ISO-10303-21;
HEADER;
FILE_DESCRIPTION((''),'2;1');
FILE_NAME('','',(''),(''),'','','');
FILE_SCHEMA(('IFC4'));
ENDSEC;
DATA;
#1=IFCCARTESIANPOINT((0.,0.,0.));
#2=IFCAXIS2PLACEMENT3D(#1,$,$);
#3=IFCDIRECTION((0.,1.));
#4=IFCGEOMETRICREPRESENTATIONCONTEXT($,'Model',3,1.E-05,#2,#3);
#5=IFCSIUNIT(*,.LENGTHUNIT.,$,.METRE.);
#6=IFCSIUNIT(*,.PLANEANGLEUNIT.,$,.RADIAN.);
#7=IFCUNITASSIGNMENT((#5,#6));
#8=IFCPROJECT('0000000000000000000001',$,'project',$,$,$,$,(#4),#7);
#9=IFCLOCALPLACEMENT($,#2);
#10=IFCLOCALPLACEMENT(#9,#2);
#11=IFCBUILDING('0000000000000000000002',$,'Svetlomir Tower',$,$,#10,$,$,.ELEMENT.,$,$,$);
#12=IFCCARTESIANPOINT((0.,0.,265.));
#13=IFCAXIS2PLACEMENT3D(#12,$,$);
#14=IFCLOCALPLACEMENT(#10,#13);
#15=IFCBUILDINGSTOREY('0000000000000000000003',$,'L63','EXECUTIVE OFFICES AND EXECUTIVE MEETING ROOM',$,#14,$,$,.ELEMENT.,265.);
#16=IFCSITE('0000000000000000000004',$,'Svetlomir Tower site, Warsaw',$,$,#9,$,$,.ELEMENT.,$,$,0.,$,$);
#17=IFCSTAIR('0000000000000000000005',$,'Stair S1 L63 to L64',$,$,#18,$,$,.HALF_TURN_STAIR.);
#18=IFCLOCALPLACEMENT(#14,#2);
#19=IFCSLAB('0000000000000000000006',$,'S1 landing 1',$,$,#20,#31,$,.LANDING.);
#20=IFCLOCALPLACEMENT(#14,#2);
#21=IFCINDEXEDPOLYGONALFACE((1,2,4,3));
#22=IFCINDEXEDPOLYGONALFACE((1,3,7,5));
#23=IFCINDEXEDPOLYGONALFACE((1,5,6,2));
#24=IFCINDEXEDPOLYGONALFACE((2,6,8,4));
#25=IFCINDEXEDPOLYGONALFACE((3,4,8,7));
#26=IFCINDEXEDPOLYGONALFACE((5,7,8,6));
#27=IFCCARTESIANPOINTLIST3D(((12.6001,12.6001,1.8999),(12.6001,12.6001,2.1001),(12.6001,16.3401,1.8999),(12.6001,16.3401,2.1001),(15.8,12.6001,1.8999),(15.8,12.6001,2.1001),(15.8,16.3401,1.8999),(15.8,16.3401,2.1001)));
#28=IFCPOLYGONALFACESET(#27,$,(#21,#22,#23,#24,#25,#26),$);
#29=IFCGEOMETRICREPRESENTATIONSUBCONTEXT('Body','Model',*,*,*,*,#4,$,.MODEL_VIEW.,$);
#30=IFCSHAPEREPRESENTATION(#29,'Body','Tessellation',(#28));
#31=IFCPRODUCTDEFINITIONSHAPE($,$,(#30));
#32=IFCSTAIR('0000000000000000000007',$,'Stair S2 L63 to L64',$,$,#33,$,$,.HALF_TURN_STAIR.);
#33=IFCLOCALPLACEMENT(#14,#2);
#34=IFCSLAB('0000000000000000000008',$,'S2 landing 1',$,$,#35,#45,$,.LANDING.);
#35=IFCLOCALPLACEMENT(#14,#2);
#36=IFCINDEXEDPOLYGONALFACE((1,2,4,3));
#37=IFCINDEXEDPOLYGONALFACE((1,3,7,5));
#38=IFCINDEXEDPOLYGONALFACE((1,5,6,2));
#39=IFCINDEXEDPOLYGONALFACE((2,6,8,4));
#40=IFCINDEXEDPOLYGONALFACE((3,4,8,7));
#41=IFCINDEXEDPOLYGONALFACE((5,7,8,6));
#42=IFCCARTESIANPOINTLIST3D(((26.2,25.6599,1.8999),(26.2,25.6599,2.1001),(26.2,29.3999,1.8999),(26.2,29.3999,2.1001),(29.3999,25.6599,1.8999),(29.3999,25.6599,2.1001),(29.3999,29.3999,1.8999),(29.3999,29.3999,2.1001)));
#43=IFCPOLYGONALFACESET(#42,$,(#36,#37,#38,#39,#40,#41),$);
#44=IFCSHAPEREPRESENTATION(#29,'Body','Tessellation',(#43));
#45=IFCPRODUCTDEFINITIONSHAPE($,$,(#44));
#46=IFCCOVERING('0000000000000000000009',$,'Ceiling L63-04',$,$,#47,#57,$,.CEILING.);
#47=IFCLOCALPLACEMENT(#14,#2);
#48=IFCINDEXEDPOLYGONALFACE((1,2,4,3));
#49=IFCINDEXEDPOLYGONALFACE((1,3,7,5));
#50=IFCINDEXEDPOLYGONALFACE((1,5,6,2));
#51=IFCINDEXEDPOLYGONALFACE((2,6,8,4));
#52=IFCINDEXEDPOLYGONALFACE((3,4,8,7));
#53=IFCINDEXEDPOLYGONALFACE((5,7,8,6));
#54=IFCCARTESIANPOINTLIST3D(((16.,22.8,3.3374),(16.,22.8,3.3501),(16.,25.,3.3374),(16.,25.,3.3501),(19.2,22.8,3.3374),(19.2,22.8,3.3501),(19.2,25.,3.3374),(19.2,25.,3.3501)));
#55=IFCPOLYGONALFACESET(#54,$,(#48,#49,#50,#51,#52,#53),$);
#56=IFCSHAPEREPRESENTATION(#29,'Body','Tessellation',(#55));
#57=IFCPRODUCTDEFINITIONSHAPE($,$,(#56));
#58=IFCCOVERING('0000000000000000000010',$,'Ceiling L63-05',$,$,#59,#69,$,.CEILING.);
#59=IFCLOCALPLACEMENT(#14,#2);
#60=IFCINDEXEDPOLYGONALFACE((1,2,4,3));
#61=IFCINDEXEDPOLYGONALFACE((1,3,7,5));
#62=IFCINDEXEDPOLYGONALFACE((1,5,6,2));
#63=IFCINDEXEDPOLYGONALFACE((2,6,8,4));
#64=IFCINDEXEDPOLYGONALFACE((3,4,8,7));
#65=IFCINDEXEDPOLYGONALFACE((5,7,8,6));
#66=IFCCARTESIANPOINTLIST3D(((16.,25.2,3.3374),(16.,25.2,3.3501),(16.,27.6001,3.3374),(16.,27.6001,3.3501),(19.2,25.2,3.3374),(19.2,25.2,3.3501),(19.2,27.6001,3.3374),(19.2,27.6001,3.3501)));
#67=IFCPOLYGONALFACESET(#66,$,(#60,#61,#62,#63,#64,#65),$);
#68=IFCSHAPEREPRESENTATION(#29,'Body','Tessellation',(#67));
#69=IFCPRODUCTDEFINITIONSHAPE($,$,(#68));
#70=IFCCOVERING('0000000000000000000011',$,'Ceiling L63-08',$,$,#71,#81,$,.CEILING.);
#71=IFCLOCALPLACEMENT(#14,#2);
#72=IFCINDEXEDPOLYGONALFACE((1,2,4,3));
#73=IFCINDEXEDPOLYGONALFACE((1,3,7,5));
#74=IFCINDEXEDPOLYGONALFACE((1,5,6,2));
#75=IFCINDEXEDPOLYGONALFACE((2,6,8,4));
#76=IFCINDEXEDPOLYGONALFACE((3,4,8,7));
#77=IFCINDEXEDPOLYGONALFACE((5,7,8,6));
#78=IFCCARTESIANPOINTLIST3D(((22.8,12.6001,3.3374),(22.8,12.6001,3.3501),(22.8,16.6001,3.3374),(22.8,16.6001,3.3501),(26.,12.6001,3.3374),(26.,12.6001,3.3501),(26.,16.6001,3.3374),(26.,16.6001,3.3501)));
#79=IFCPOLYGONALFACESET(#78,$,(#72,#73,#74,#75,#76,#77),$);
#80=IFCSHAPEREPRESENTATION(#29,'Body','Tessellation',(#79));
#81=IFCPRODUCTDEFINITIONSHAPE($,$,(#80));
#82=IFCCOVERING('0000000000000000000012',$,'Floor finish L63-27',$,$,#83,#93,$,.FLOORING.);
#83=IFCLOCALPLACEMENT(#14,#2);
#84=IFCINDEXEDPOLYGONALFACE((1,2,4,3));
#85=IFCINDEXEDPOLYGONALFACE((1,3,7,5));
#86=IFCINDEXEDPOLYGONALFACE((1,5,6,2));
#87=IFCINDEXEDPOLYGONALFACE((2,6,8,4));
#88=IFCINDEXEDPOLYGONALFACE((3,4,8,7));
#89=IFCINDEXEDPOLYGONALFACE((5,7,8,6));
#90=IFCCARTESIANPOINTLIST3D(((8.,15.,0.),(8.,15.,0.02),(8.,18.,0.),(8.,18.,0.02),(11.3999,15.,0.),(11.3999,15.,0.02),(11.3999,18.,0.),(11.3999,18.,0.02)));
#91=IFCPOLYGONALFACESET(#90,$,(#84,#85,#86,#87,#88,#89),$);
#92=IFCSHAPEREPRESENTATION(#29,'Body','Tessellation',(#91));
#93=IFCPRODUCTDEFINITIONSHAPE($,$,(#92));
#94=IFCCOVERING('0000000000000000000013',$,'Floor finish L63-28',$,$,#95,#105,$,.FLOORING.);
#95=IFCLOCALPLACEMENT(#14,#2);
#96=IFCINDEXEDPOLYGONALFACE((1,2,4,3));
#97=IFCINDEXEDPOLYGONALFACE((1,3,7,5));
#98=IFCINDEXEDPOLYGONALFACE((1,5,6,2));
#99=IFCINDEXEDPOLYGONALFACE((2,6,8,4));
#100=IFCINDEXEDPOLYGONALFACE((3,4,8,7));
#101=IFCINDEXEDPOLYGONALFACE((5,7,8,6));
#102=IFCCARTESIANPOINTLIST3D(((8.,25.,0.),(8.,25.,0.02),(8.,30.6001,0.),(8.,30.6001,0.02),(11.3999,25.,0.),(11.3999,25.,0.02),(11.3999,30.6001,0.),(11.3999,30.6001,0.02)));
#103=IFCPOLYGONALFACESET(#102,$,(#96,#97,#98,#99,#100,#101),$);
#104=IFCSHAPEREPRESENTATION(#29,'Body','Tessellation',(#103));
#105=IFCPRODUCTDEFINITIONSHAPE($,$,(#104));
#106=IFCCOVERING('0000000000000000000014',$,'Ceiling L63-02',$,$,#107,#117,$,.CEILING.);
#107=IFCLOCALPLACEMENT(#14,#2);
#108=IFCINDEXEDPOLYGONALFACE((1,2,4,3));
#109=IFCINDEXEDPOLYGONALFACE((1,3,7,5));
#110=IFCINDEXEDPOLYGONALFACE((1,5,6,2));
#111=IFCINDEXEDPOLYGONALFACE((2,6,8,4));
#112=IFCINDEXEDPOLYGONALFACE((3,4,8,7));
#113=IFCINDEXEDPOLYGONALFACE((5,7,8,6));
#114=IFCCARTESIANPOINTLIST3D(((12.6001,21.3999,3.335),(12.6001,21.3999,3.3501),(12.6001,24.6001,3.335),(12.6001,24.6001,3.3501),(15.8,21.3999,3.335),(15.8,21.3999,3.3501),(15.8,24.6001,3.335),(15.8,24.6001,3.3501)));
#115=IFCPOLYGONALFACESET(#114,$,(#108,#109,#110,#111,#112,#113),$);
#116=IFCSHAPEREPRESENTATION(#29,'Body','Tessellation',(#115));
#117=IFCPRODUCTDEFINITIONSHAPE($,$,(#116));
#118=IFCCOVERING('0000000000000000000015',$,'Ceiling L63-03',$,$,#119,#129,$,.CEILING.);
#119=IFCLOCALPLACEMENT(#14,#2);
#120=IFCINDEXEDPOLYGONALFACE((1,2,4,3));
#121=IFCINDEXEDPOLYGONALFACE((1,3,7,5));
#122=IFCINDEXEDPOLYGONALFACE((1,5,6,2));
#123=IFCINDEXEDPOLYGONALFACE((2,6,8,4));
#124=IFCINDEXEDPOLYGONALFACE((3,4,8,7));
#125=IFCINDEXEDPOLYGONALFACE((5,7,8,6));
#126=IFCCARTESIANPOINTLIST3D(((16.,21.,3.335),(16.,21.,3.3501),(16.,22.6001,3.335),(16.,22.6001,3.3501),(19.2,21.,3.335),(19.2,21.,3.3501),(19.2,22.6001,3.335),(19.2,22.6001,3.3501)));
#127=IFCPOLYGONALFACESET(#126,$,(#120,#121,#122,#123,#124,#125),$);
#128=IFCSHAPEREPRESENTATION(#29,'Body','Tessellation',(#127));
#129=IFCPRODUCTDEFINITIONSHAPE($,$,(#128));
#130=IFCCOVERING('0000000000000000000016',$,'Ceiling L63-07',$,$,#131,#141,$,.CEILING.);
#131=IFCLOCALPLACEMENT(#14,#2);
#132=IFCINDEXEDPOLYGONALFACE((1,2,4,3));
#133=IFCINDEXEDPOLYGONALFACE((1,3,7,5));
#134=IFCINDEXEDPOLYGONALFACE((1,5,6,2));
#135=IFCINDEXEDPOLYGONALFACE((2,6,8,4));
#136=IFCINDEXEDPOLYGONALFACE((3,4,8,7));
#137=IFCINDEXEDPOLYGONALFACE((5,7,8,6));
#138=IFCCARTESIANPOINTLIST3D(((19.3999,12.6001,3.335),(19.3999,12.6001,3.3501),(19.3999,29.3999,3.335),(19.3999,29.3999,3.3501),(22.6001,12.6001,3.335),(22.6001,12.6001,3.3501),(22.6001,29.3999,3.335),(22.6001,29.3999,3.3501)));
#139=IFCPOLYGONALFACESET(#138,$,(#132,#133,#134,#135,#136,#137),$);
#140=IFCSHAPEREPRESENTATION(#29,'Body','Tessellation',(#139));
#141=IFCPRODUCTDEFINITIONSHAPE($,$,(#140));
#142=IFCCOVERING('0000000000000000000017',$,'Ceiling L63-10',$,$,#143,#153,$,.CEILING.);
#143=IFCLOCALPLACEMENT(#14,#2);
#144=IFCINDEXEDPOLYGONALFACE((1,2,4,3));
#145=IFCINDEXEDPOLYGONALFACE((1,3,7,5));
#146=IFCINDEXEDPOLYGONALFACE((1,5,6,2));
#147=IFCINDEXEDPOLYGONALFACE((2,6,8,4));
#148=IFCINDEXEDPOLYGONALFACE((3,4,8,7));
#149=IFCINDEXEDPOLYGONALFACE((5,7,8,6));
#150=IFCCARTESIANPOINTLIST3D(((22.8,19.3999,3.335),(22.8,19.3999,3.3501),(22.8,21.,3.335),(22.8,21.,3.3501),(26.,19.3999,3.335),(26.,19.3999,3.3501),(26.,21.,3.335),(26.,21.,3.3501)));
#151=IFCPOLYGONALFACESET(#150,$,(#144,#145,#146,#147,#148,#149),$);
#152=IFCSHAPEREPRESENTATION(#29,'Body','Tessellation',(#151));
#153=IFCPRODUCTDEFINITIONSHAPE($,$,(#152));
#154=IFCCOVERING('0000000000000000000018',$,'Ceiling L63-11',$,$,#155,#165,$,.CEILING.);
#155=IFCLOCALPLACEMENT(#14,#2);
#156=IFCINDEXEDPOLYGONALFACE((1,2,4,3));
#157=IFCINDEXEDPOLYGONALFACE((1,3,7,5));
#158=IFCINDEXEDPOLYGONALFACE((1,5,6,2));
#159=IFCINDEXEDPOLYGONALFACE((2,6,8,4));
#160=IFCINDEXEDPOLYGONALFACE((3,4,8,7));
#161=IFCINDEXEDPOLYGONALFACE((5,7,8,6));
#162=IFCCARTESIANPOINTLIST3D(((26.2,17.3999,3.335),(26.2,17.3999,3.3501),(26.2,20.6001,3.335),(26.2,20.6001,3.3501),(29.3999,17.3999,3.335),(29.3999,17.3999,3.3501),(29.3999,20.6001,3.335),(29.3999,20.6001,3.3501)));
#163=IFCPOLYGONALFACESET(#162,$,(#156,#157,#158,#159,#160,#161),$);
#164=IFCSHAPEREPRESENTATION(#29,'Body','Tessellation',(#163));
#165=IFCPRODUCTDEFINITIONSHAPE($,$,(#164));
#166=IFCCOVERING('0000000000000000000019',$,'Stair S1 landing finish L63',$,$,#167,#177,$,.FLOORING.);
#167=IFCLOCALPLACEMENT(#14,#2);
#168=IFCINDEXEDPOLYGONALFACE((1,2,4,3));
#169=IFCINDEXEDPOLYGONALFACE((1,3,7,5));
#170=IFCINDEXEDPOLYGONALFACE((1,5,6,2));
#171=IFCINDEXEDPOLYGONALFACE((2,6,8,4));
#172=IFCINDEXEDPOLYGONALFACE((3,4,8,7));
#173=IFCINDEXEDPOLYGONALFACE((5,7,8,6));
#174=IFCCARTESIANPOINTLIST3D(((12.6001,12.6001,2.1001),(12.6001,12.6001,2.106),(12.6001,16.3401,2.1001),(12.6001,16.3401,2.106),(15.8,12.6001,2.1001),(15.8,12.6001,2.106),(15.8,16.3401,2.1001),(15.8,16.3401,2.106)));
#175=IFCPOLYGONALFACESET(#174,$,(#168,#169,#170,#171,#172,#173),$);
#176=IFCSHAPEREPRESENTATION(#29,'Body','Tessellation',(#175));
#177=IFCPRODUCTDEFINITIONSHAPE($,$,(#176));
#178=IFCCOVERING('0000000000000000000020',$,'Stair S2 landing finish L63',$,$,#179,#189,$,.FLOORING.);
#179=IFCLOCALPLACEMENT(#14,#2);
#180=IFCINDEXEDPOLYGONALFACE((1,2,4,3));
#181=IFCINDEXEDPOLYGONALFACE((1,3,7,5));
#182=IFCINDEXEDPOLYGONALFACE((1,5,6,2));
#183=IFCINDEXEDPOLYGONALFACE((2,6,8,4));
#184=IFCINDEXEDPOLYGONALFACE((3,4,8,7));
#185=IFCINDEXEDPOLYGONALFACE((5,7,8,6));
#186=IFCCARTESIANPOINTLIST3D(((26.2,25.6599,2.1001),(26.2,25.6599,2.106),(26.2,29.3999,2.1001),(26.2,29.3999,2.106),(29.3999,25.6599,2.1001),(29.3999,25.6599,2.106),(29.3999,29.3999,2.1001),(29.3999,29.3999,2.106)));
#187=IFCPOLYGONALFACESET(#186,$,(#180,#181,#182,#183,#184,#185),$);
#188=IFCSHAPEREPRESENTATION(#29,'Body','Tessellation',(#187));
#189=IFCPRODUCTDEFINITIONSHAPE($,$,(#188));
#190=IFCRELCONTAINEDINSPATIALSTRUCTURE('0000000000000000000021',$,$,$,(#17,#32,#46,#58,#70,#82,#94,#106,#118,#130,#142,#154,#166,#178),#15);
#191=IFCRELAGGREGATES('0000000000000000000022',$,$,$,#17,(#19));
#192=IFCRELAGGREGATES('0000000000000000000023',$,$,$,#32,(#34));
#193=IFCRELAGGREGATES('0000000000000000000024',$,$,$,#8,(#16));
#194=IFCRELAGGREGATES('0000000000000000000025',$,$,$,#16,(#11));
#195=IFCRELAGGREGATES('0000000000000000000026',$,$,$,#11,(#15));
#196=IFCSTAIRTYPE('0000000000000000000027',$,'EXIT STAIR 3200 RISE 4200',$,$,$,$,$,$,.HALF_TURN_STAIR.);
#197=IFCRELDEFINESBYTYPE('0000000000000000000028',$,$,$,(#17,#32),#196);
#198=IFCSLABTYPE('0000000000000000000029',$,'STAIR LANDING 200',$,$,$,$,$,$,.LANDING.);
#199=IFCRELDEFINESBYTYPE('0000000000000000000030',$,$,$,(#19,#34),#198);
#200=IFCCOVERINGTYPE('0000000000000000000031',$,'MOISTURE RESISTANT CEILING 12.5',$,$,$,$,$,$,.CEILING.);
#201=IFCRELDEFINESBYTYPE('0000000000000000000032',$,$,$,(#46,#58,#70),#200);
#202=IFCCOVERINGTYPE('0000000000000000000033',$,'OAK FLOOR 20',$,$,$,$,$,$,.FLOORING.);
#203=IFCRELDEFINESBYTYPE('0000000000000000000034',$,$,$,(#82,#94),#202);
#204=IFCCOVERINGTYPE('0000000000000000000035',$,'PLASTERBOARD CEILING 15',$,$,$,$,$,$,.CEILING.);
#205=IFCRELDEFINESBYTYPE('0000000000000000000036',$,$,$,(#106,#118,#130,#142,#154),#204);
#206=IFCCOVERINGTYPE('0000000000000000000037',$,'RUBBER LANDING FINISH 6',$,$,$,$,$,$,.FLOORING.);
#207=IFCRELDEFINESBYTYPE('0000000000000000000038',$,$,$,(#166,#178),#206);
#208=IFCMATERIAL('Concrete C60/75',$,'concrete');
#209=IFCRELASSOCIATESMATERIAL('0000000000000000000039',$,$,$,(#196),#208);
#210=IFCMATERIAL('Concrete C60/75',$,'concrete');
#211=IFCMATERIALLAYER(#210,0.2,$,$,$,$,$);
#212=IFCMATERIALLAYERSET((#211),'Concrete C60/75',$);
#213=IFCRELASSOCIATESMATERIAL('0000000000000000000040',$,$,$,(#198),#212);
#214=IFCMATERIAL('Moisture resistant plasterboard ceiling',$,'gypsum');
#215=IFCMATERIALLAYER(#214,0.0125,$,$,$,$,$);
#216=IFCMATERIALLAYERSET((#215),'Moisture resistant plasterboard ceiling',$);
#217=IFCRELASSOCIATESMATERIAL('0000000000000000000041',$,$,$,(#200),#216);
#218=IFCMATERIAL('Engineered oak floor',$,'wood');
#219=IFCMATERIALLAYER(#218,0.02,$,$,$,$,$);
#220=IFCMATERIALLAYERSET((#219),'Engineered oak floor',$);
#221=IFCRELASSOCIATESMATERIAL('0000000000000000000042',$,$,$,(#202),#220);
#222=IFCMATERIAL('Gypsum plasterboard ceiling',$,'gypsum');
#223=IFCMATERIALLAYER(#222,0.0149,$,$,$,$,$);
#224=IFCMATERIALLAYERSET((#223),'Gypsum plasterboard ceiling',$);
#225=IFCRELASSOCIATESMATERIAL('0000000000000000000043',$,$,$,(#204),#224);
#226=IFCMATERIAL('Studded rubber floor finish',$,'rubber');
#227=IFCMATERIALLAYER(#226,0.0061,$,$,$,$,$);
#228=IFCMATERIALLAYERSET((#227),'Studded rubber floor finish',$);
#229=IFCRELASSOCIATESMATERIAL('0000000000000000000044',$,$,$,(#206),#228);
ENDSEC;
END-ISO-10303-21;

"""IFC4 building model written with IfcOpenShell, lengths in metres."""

from ifc_helpers import new_model, si_unit, direction, frame, origin, place, context, subcontext, project, spatial, polyline, outline, extrude, material, layer, layer_set, type_object, element, aggregate, save


model = new_model("IFC4")

# Units and contexts
model_context = context("Model", 3, precision=1e-05, world=origin(), true_north=direction((0.0, 1.0)))
body_context = subcontext(model_context, "Body", "Model", "MODEL_VIEW")
ifc_project = project(units=[si_unit("LENGTHUNIT", "METRE"), si_unit("PLANEANGLEUNIT", "RADIAN")], contexts=[model_context])

# Site, building, storey
site_placement = place(None, origin())
site = spatial("IfcSite", under=ifc_project, at=site_placement, Name="Svetlomir Tower site, Warsaw", CompositionType="ELEMENT", RefElevation=0.0)
building_placement = place(site_placement, origin())
building = spatial("IfcBuilding", under=site, at=building_placement, Name="Svetlomir Tower", CompositionType="ELEMENT")
storey_placement = place(building_placement, frame((0.0, 0.0, 265.0)))
storey = spatial("IfcBuildingStorey", under=building, at=storey_placement, Name="L63", Description="EXECUTIVE OFFICES AND EXECUTIVE MEETING ROOM", CompositionType="ELEMENT", Elevation=265.0)

# Stairs, slabs
ifc_material_1 = material(Name="Concrete C60/75", Category="concrete")
stair_type = type_object("IfcStairType", Name="EXIT STAIR 3200 RISE 4200", PredefinedType="HALF_TURN_STAIR", material=ifc_material_1)
stair_1_placement = place(storey_placement, origin())
stair_1 = element("IfcStair", 1, at=stair_1_placement, inside=storey, type_object=stair_type, Name="Stair S1 L63 to L64", PredefinedType="HALF_TURN_STAIR")
ifc_material_2 = material(Name="Concrete C60/75", Category="concrete")
ifc_layer_1 = layer(ifc_material_2, 0.2)
ifc_layer_set_1 = layer_set([ifc_layer_1], Name="Concrete C60/75")
slab_type = type_object("IfcSlabType", Name="STAIR LANDING 200", PredefinedType="LANDING", material=ifc_layer_set_1)
slab_1_placement = place(storey_placement, frame((0.0, 0.0, 1.8999)))
slab_1 = element("IfcSlab", 2, at=slab_1_placement, type_object=slab_type, Name="S1 landing 1", PredefinedType="LANDING", context=body_context, shape_type="SweptSolid", body=[
    extrude(outline(polyline([(12.6001, 12.6001), (15.8, 12.6001), (15.8, 16.3401), (12.6001, 16.3401), (12.6001, 12.6001)])), origin(), (0.0, 0.0, 1.0), 0.2002),
])
aggregate(stair_1, [slab_1])
stair_2_placement = place(storey_placement, origin())
stair_2 = element("IfcStair", 3, at=stair_2_placement, inside=storey, type_object=stair_type, Name="Stair S2 L63 to L64", PredefinedType="HALF_TURN_STAIR")
slab_2_placement = place(storey_placement, frame((0.0, 0.0, 1.8999)))
slab_2 = element("IfcSlab", 4, at=slab_2_placement, type_object=slab_type, Name="S2 landing 1", PredefinedType="LANDING", context=body_context, shape_type="SweptSolid", body=[
    extrude(outline(polyline([(26.2, 25.6599), (29.3999, 25.6599), (29.3999, 29.3999), (26.2, 29.3999), (26.2, 25.6599)])), origin(), (0.0, 0.0, 1.0), 0.2002),
])
aggregate(stair_2, [slab_2])

# Coverings
ifc_material_3 = material(Name="Moisture resistant plasterboard ceiling", Category="gypsum")
ifc_layer_2 = layer(ifc_material_3, 0.0125)
ifc_layer_set_2 = layer_set([ifc_layer_2], Name="Moisture resistant plasterboard ceiling")
covering_type_1 = type_object("IfcCoveringType", Name="MOISTURE RESISTANT CEILING 12.5", PredefinedType="CEILING", material=ifc_layer_set_2)
covering_1_placement = place(storey_placement, frame((0.0, 0.0, 3.3374)))
element("IfcCovering", 5, at=covering_1_placement, inside=storey, type_object=covering_type_1, Name="Ceiling L63-04", PredefinedType="CEILING", context=body_context, shape_type="SweptSolid", body=[
    extrude(outline(polyline([(16.0, 22.8), (19.2, 22.8), (19.2, 25.0), (16.0, 25.0), (16.0, 22.8)])), origin(), (0.0, 0.0, 1.0), 0.0127),
])
covering_2_placement = place(storey_placement, frame((0.0, 0.0, 3.3374)))
element("IfcCovering", 6, at=covering_2_placement, inside=storey, type_object=covering_type_1, Name="Ceiling L63-05", PredefinedType="CEILING", context=body_context, shape_type="SweptSolid", body=[
    extrude(outline(polyline([(16.0, 25.2), (19.2, 25.2), (19.2, 27.6001), (16.0, 27.6001), (16.0, 25.2)])), origin(), (0.0, 0.0, 1.0), 0.0127),
])
covering_3_placement = place(storey_placement, frame((0.0, 0.0, 3.3374)))
element("IfcCovering", 7, at=covering_3_placement, inside=storey, type_object=covering_type_1, Name="Ceiling L63-08", PredefinedType="CEILING", context=body_context, shape_type="SweptSolid", body=[
    extrude(outline(polyline([(22.8, 12.6001), (26.0, 12.6001), (26.0, 16.6001), (22.8, 16.6001), (22.8, 12.6001)])), origin(), (0.0, 0.0, 1.0), 0.0127),
])
ifc_material_4 = material(Name="Engineered oak floor", Category="wood")
ifc_layer_3 = layer(ifc_material_4, 0.02)
ifc_layer_set_3 = layer_set([ifc_layer_3], Name="Engineered oak floor")
covering_type_2 = type_object("IfcCoveringType", Name="OAK FLOOR 20", PredefinedType="FLOORING", material=ifc_layer_set_3)
covering_4_placement = place(storey_placement, origin())
element("IfcCovering", 8, at=covering_4_placement, inside=storey, type_object=covering_type_2, Name="Floor finish L63-27", PredefinedType="FLOORING", context=body_context, shape_type="SweptSolid", body=[
    extrude(outline(polyline([(8.0, 15.0), (11.3999, 15.0), (11.3999, 18.0), (8.0, 18.0), (8.0, 15.0)])), origin(), (0.0, 0.0, 1.0), 0.02),
])
covering_5_placement = place(storey_placement, origin())
element("IfcCovering", 9, at=covering_5_placement, inside=storey, type_object=covering_type_2, Name="Floor finish L63-28", PredefinedType="FLOORING", context=body_context, shape_type="SweptSolid", body=[
    extrude(outline(polyline([(8.0, 25.0), (11.3999, 25.0), (11.3999, 30.6001), (8.0, 30.6001), (8.0, 25.0)])), origin(), (0.0, 0.0, 1.0), 0.02),
])
ifc_material_5 = material(Name="Gypsum plasterboard ceiling", Category="gypsum")
ifc_layer_4 = layer(ifc_material_5, 0.0149)
ifc_layer_set_4 = layer_set([ifc_layer_4], Name="Gypsum plasterboard ceiling")
covering_type_3 = type_object("IfcCoveringType", Name="PLASTERBOARD CEILING 15", PredefinedType="CEILING", material=ifc_layer_set_4)
covering_6_placement = place(storey_placement, frame((0.0, 0.0, 3.335)))
element("IfcCovering", 10, at=covering_6_placement, inside=storey, type_object=covering_type_3, Name="Ceiling L63-02", PredefinedType="CEILING", context=body_context, shape_type="SweptSolid", body=[
    extrude(outline(polyline([(12.6001, 21.3999), (15.8, 21.3999), (15.8, 24.6001), (12.6001, 24.6001), (12.6001, 21.3999)])), origin(), (0.0, 0.0, 1.0), 0.0151),
])
covering_7_placement = place(storey_placement, frame((0.0, 0.0, 3.335)))
element("IfcCovering", 11, at=covering_7_placement, inside=storey, type_object=covering_type_3, Name="Ceiling L63-03", PredefinedType="CEILING", context=body_context, shape_type="SweptSolid", body=[
    extrude(outline(polyline([(16.0, 21.0), (19.2, 21.0), (19.2, 22.6001), (16.0, 22.6001), (16.0, 21.0)])), origin(), (0.0, 0.0, 1.0), 0.0151),
])
covering_8_placement = place(storey_placement, frame((0.0, 0.0, 3.335)))
element("IfcCovering", 12, at=covering_8_placement, inside=storey, type_object=covering_type_3, Name="Ceiling L63-07", PredefinedType="CEILING", context=body_context, shape_type="SweptSolid", body=[
    extrude(outline(polyline([(19.3999, 12.6001), (22.6001, 12.6001), (22.6001, 29.3999), (19.3999, 29.3999), (19.3999, 12.6001)])), origin(), (0.0, 0.0, 1.0), 0.0151),
])
covering_9_placement = place(storey_placement, frame((0.0, 0.0, 3.335)))
element("IfcCovering", 13, at=covering_9_placement, inside=storey, type_object=covering_type_3, Name="Ceiling L63-10", PredefinedType="CEILING", context=body_context, shape_type="SweptSolid", body=[
    extrude(outline(polyline([(22.8, 19.3999), (26.0, 19.3999), (26.0, 21.0), (22.8, 21.0), (22.8, 19.3999)])), origin(), (0.0, 0.0, 1.0), 0.0151),
])
covering_10_placement = place(storey_placement, frame((0.0, 0.0, 3.335)))
element("IfcCovering", 14, at=covering_10_placement, inside=storey, type_object=covering_type_3, Name="Ceiling L63-11", PredefinedType="CEILING", context=body_context, shape_type="SweptSolid", body=[
    extrude(outline(polyline([(26.2, 17.3999), (29.3999, 17.3999), (29.3999, 20.6001), (26.2, 20.6001), (26.2, 17.3999)])), origin(), (0.0, 0.0, 1.0), 0.0151),
])
ifc_material_6 = material(Name="Studded rubber floor finish", Category="rubber")
ifc_layer_5 = layer(ifc_material_6, 0.0061)
ifc_layer_set_5 = layer_set([ifc_layer_5], Name="Studded rubber floor finish")
covering_type_4 = type_object("IfcCoveringType", Name="RUBBER LANDING FINISH 6", PredefinedType="FLOORING", material=ifc_layer_set_5)
covering_11_placement = place(storey_placement, frame((0.0, 0.0, 2.1001)))
element("IfcCovering", 15, at=covering_11_placement, inside=storey, type_object=covering_type_4, Name="Stair S1 landing finish L63", PredefinedType="FLOORING", context=body_context, shape_type="SweptSolid", body=[
    extrude(outline(polyline([(12.6001, 12.6001), (15.8, 12.6001), (15.8, 16.3401), (12.6001, 16.3401), (12.6001, 12.6001)])), origin(), (0.0, 0.0, 1.0), 0.0059),
])
covering_12_placement = place(storey_placement, frame((0.0, 0.0, 2.1001)))
element("IfcCovering", 16, at=covering_12_placement, inside=storey, type_object=covering_type_4, Name="Stair S2 landing finish L63", PredefinedType="FLOORING", context=body_context, shape_type="SweptSolid", body=[
    extrude(outline(polyline([(26.2, 25.6599), (29.3999, 25.6599), (29.3999, 29.3999), (26.2, 29.3999), (26.2, 25.6599)])), origin(), (0.0, 0.0, 1.0), 0.0059),
])

save(model, "model.ifc")
